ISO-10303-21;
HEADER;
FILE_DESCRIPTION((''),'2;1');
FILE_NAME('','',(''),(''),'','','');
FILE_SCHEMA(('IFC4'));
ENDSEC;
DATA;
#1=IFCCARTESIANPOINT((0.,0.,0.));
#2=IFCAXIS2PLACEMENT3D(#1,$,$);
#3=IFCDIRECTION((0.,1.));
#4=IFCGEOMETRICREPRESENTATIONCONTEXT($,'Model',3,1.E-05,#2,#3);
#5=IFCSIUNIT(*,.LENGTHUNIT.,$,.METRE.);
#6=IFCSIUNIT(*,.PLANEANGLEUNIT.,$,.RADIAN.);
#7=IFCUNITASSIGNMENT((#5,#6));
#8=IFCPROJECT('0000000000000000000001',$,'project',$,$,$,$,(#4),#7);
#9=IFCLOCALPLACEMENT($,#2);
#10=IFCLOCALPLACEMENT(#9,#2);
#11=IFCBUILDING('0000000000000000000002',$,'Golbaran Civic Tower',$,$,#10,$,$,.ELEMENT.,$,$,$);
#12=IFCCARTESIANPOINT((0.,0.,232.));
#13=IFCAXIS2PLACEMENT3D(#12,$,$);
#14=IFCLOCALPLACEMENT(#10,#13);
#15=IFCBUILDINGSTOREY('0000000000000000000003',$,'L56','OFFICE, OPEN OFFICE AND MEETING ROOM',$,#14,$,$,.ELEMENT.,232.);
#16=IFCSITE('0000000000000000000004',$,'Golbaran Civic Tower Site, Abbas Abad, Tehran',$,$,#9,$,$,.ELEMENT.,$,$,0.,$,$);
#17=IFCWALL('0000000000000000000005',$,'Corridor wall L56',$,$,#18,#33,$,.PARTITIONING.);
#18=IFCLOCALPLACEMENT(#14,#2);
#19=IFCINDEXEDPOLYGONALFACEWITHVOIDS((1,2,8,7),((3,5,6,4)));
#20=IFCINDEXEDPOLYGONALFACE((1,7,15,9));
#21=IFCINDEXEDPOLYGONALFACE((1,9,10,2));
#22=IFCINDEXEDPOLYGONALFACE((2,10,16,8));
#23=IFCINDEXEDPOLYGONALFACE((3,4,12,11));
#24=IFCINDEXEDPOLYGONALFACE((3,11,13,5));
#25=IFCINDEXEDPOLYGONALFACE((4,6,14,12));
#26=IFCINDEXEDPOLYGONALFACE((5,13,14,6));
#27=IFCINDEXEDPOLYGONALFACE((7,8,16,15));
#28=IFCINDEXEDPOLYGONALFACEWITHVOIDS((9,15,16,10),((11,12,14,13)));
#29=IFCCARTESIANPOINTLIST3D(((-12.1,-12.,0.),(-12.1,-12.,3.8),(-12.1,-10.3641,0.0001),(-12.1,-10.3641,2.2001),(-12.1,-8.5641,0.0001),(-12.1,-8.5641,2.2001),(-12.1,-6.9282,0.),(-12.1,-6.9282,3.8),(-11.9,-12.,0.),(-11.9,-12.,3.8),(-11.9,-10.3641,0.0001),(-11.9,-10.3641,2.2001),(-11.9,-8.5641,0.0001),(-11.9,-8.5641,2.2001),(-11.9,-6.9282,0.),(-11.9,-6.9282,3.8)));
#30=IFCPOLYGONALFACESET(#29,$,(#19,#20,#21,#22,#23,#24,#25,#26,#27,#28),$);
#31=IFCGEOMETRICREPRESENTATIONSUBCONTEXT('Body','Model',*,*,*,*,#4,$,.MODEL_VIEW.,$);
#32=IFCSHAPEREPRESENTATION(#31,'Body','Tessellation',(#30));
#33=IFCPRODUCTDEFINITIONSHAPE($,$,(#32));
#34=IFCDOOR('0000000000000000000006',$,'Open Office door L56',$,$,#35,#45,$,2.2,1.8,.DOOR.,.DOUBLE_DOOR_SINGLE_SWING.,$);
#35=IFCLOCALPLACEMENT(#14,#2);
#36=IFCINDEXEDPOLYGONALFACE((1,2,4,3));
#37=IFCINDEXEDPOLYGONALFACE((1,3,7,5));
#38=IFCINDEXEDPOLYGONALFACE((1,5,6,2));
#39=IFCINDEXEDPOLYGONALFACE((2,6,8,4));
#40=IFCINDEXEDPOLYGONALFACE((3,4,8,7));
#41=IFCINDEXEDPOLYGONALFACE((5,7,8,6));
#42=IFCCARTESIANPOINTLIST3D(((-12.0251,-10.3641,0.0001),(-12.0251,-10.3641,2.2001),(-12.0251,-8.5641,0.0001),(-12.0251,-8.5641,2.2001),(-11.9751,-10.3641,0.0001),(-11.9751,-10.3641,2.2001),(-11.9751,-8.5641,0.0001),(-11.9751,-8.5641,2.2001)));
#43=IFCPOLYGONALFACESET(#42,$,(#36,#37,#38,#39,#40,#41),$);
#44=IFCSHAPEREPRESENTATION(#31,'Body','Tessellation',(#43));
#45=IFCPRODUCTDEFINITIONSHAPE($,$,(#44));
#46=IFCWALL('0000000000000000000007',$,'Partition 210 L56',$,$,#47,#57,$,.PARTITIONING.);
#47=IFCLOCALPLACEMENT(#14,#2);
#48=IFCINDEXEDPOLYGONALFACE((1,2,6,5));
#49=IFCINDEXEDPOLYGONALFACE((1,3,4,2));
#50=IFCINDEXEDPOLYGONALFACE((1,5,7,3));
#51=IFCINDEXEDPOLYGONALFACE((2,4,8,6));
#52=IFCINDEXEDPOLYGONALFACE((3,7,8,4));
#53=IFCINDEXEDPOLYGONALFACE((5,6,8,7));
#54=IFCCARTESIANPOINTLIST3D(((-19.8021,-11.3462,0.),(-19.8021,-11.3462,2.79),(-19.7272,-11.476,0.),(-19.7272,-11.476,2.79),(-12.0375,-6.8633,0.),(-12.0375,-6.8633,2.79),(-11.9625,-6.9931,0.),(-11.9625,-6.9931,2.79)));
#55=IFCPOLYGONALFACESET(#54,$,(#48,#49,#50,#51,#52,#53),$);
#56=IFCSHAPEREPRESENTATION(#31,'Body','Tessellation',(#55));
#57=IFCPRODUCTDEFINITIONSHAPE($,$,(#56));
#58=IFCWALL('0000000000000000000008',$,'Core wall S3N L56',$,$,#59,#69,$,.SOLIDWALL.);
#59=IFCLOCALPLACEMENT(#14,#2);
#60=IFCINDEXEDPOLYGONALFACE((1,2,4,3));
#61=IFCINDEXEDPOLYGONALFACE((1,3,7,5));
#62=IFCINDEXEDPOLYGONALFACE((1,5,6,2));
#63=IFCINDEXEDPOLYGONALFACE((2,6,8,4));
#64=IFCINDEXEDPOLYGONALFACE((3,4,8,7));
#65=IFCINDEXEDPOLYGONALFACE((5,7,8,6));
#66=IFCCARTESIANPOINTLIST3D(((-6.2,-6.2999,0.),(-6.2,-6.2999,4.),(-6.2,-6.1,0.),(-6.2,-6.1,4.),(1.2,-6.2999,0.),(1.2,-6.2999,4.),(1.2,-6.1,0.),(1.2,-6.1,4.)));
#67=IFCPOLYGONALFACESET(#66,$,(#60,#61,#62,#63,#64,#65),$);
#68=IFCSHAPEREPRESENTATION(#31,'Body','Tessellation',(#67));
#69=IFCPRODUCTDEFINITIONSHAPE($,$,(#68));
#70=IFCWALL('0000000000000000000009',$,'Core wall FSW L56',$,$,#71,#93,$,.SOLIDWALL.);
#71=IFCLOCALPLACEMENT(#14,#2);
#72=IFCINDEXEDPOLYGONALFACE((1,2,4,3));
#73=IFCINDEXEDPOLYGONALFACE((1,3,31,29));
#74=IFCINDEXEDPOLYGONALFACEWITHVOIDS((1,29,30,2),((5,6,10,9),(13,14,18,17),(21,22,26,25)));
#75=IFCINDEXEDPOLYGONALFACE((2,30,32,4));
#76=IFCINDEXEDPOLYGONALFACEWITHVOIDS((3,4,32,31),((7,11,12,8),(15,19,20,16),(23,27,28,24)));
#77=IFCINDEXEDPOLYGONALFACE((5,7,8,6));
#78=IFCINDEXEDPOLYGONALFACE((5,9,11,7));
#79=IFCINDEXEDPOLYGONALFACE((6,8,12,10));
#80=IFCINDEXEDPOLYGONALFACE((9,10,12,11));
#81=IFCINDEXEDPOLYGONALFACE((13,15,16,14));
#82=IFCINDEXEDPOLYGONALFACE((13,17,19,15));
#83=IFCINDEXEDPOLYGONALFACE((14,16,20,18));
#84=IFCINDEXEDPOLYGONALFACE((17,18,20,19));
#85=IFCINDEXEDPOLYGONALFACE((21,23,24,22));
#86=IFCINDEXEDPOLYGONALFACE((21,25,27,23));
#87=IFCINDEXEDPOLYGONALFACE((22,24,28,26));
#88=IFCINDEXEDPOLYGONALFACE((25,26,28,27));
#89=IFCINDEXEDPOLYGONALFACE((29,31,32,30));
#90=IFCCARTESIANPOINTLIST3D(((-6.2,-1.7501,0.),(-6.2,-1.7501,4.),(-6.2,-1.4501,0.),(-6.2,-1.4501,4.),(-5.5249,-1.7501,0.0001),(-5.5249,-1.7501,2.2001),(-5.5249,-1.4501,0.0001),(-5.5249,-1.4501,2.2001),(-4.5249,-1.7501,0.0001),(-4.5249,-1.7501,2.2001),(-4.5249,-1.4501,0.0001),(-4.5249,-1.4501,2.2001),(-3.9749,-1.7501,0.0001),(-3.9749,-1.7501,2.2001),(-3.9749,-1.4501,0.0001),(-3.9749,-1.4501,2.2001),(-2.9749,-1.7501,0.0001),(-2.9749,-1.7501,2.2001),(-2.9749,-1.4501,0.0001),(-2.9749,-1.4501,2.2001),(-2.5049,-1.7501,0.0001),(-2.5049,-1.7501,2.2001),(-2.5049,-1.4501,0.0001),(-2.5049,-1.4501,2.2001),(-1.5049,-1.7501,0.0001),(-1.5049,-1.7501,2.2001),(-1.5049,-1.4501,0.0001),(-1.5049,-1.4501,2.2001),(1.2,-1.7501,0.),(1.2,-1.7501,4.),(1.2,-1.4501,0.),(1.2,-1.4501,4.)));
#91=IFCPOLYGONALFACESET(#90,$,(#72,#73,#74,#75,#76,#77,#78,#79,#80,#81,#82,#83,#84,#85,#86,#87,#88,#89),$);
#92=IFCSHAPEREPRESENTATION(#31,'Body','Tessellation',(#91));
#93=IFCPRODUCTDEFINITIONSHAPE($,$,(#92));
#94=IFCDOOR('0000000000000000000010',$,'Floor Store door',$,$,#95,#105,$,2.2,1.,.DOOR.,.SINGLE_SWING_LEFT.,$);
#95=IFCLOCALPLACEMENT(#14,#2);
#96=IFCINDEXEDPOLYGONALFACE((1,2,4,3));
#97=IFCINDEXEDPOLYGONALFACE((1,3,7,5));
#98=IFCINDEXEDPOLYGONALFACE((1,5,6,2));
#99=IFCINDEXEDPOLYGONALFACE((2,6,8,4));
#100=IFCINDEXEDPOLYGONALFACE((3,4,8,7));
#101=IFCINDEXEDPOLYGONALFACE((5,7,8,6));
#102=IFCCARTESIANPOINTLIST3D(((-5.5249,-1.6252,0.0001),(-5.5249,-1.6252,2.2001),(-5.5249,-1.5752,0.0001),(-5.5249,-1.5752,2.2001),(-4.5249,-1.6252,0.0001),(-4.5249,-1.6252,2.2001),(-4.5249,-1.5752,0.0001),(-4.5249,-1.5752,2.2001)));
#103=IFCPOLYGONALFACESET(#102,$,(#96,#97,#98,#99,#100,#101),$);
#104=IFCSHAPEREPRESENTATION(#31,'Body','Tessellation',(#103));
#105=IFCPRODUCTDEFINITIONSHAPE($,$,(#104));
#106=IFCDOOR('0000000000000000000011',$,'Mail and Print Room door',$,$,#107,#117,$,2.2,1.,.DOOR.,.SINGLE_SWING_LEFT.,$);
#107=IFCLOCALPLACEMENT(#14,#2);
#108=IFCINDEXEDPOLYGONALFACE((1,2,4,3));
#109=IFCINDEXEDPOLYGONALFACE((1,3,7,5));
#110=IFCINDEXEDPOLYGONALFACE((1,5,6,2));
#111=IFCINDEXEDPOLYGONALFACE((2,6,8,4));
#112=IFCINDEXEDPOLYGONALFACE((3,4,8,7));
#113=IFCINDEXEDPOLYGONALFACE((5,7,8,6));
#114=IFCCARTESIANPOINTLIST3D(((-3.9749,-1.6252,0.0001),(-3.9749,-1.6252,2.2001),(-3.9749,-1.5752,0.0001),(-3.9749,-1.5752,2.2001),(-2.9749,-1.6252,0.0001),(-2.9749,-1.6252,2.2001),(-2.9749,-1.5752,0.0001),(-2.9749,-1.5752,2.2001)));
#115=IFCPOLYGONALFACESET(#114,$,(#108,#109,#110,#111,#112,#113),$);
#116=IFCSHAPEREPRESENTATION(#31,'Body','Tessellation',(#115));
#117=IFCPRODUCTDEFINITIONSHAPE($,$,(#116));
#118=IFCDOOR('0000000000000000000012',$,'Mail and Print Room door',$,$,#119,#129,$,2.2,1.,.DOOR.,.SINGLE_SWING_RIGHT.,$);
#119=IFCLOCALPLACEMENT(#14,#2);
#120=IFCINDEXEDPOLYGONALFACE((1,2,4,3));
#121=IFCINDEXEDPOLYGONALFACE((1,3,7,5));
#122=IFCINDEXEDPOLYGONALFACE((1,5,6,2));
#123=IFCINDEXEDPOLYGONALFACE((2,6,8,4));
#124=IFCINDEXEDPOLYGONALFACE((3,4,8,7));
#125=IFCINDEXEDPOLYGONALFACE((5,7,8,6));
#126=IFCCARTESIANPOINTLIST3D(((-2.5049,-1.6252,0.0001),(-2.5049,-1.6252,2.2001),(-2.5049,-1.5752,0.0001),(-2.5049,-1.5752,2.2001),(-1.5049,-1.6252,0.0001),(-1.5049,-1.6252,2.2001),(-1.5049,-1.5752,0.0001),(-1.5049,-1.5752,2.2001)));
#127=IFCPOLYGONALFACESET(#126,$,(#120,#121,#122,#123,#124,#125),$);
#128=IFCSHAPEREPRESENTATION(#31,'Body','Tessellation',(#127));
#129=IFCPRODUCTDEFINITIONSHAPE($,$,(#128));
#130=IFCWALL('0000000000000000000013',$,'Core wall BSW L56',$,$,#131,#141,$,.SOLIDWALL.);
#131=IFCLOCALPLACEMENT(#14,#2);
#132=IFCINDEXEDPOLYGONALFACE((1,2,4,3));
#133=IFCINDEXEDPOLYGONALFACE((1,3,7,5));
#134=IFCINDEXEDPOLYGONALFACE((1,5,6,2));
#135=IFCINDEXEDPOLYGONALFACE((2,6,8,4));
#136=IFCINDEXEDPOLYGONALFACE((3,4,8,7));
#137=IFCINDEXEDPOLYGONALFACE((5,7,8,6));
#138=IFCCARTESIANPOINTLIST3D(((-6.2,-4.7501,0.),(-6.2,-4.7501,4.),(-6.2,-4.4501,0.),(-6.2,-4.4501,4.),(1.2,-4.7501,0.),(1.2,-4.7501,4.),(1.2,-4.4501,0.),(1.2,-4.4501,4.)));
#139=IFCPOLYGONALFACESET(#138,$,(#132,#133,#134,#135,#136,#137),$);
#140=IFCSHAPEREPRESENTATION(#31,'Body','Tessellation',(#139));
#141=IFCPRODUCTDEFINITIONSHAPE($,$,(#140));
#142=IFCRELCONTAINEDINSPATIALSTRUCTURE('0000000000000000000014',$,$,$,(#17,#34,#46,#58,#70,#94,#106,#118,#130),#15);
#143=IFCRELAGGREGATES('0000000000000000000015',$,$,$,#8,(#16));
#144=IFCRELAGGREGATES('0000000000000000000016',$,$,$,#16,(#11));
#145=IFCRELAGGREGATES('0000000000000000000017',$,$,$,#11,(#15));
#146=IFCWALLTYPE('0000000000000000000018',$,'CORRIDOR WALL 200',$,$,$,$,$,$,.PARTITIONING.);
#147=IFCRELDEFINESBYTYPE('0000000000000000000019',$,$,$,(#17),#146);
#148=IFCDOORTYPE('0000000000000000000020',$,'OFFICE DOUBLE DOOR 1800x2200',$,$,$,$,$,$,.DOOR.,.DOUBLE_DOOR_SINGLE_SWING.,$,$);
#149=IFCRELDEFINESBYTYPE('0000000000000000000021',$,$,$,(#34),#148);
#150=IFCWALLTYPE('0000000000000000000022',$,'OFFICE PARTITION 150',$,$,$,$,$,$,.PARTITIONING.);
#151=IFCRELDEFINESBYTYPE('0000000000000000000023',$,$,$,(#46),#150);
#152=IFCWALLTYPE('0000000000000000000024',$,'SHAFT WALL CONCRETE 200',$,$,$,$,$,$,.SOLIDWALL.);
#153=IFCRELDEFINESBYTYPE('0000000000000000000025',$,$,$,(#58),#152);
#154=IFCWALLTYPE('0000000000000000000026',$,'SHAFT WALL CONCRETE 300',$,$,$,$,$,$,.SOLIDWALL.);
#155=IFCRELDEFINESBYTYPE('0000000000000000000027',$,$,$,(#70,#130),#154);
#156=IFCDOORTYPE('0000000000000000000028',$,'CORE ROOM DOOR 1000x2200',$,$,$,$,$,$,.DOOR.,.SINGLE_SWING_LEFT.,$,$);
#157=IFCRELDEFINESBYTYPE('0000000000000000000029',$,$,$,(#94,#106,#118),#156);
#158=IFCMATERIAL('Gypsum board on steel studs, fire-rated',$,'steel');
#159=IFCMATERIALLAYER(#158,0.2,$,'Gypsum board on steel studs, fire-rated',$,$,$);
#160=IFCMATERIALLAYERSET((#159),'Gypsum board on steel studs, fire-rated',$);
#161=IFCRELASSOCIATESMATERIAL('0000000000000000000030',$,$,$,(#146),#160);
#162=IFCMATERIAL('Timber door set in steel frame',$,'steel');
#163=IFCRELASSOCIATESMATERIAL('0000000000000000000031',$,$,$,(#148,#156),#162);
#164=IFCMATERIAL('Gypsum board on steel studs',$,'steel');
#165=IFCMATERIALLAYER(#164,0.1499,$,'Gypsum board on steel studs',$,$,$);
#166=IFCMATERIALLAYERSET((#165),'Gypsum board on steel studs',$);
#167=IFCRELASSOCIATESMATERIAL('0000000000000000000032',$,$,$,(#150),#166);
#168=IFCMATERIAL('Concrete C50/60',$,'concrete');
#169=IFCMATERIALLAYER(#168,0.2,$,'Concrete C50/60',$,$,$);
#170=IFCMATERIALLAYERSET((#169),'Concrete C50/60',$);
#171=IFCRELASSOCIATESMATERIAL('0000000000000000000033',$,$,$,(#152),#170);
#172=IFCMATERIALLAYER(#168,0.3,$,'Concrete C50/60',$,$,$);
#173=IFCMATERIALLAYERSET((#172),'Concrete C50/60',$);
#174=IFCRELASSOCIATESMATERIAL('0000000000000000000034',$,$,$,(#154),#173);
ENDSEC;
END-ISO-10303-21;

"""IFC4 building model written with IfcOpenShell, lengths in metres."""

from ifc_helpers import new_model, si_unit, direction, frame, frame_2d, origin, place, context, subcontext, project, spatial, rectangle, extrude, material, layer, layer_set, type_object, element, fill, save


model = new_model("IFC4")

# Units and contexts
model_context = context("Model", 3, precision=1e-05, world=origin(), true_north=direction((0.0, 1.0)))
body_context = subcontext(model_context, "Body", "Model", "MODEL_VIEW")
ifc_project = project(units=[si_unit("LENGTHUNIT", "METRE"), si_unit("PLANEANGLEUNIT", "RADIAN")], contexts=[model_context])

# Site, building, storey
site_placement = place(None, origin())
site = spatial("IfcSite", under=ifc_project, at=site_placement, Name="Golbaran Civic Tower Site, Abbas Abad, Tehran", CompositionType="ELEMENT", RefElevation=0.0)
building_placement = place(site_placement, origin())
building = spatial("IfcBuilding", under=site, at=building_placement, Name="Golbaran Civic Tower", CompositionType="ELEMENT")
storey_placement = place(building_placement, frame((0.0, 0.0, 232.0)))
storey = spatial("IfcBuildingStorey", under=building, at=storey_placement, Name="L56", Description="OFFICE, OPEN OFFICE AND MEETING ROOM", CompositionType="ELEMENT", Elevation=232.0)

# Wall, opening, door
ifc_material_1 = material(Name="Gypsum board on steel studs, fire-rated", Category="steel")
ifc_layer_1 = layer(ifc_material_1, 0.2, Name="Gypsum board on steel studs, fire-rated")
ifc_layer_set_1 = layer_set([ifc_layer_1], Name="Gypsum board on steel studs, fire-rated")
wall_type_1 = type_object("IfcWallType", Name="CORRIDOR WALL 200", PredefinedType="PARTITIONING", material=ifc_layer_set_1)
wall_1_placement = place(storey_placement, frame((-12.0, -6.9282, 0.0), z_axis=(0.0, 0.0, 1.0), x_axis=(0.0, -1.0, 0.0)))
wall_1 = element("IfcWall", 1, at=wall_1_placement, inside=storey, type_object=wall_type_1, Name="Corridor wall L56", PredefinedType="PARTITIONING", context=body_context, shape_type="SweptSolid", body=[
    extrude(rectangle(XDim=5.0718, YDim=0.2, at=frame_2d((2.5359, 0.0))), origin(), (0.0, 0.0, 1.0), 3.8),
])
opening_1_placement = place(wall_1_placement, frame((1.636, 0.0, 0.0)))
opening_1 = element("IfcOpeningElement", 2, at=opening_1_placement, cuts=wall_1, PredefinedType="OPENING", context=body_context, shape_type="SweptSolid", body=[
    extrude(rectangle(XDim=1.8, YDim=2.2, at=frame_2d((0.8999, 1.1001))), frame((0.0, 0.1099, 0.0), z_axis=(0.0, -1.0, 0.0), x_axis=(1.0, 0.0, 0.0)), (0.0, 0.0, 1.0), 0.22),
])
ifc_material_2 = material(Name="Timber door set in steel frame", Category="steel")
door_type_1 = type_object("IfcDoorType", Name="OFFICE DOUBLE DOOR 1800x2200", OperationType="DOUBLE_DOOR_SINGLE_SWING", PredefinedType="DOOR", material=ifc_material_2)
door_1_placement = place(opening_1_placement, origin())
door_1 = element("IfcDoor", 3, at=door_1_placement, inside=storey, type_object=door_type_1, Name="Open Office door L56", OperationType="DOUBLE_DOOR_SINGLE_SWING", OverallHeight=2.2, OverallWidth=1.8, PredefinedType="DOOR", context=body_context, shape_type="SweptSolid", body=[
    extrude(rectangle(XDim=1.8, YDim=2.2, at=frame_2d((0.8999, 1.1001))), frame((0.0, 0.0249, 0.0), z_axis=(0.0, -1.0, 0.0), x_axis=(1.0, 0.0, 0.0)), (0.0, 0.0, 1.0), 0.05),
])
fill(opening_1, door_1)

# Walls
ifc_material_3 = material(Name="Gypsum board on steel studs", Category="steel")
ifc_layer_2 = layer(ifc_material_3, 0.1499, Name="Gypsum board on steel studs")
ifc_layer_set_2 = layer_set([ifc_layer_2], Name="Gypsum board on steel studs")
wall_type_2 = type_object("IfcWallType", Name="OFFICE PARTITION 150", PredefinedType="PARTITIONING", material=ifc_layer_set_2)
wall_2_placement = place(storey_placement, frame((-12.0, -6.9282, 0.0), z_axis=(0.0, 0.0, 1.0), x_axis=(-0.866026, -0.499999, 0.0)))
element("IfcWall", 4, at=wall_2_placement, inside=storey, type_object=wall_type_2, Name="Partition 210 L56", PredefinedType="PARTITIONING", context=body_context, shape_type="SweptSolid", body=[
    extrude(rectangle(XDim=8.9658, YDim=0.1499, at=frame_2d((4.4829, 0.0))), origin(), (0.0, 0.0, 1.0), 2.79),
])
ifc_material_4 = material(Name="Concrete C50/60", Category="concrete")
ifc_layer_3 = layer(ifc_material_4, 0.2, Name="Concrete C50/60")
ifc_layer_set_3 = layer_set([ifc_layer_3], Name="Concrete C50/60")
wall_type_3 = type_object("IfcWallType", Name="SHAFT WALL CONCRETE 200", PredefinedType="SOLIDWALL", material=ifc_layer_set_3)
wall_3_placement = place(storey_placement, frame((-6.2, -6.2, 0.0), z_axis=(0.0, 0.0, 1.0), x_axis=(1.0, 0.0, 0.0)))
element("IfcWall", 5, at=wall_3_placement, inside=storey, type_object=wall_type_3, Name="Core wall S3N L56", PredefinedType="SOLIDWALL", context=body_context, shape_type="SweptSolid", body=[
    extrude(rectangle(XDim=7.3999, YDim=0.2, at=frame_2d((3.7, 0.0))), origin(), (0.0, 0.0, 1.0), 4.0),
])

# Wall, openings, doors
ifc_layer_4 = layer(ifc_material_4, 0.3, Name="Concrete C50/60")
ifc_layer_set_4 = layer_set([ifc_layer_4], Name="Concrete C50/60")
wall_type_4 = type_object("IfcWallType", Name="SHAFT WALL CONCRETE 300", PredefinedType="SOLIDWALL", material=ifc_layer_set_4)
wall_4_placement = place(storey_placement, frame((-6.2, -1.6001, 0.0), z_axis=(0.0, 0.0, 1.0), x_axis=(1.0, 0.0, 0.0)))
wall_4 = element("IfcWall", 6, at=wall_4_placement, inside=storey, type_object=wall_type_4, Name="Core wall FSW L56", PredefinedType="SOLIDWALL", context=body_context, shape_type="SweptSolid", body=[
    extrude(rectangle(XDim=7.3999, YDim=0.3, at=frame_2d((3.7, 0.0))), origin(), (0.0, 0.0, 1.0), 4.0),
])
opening_2_placement = place(wall_4_placement, frame((0.675, 0.0, 0.0)))
opening_2 = element("IfcOpeningElement", 7, at=opening_2_placement, cuts=wall_4, PredefinedType="OPENING", context=body_context, shape_type="SweptSolid", body=[
    extrude(rectangle(XDim=1.0, YDim=2.2, at=frame_2d((0.5, 1.1001))), frame((0.0, 0.1599, 0.0), z_axis=(0.0, -1.0, 0.0), x_axis=(1.0, 0.0, 0.0)), (0.0, 0.0, 1.0), 0.3201),
])
opening_3_placement = place(wall_4_placement, frame((2.2251, 0.0, 0.0)))
opening_3 = element("IfcOpeningElement", 8, at=opening_3_placement, cuts=wall_4, PredefinedType="OPENING", context=body_context, shape_type="SweptSolid", body=[
    extrude(rectangle(XDim=1.0, YDim=2.2, at=frame_2d((0.5, 1.1001))), frame((0.0, 0.1599, 0.0), z_axis=(0.0, -1.0, 0.0), x_axis=(1.0, 0.0, 0.0)), (0.0, 0.0, 1.0), 0.3201),
])
opening_4_placement = place(wall_4_placement, frame((3.6951, 0.0, 0.0)))
opening_4 = element("IfcOpeningElement", 9, at=opening_4_placement, cuts=wall_4, PredefinedType="OPENING", context=body_context, shape_type="SweptSolid", body=[
    extrude(rectangle(XDim=1.0, YDim=2.2, at=frame_2d((0.5, 1.1001))), frame((0.0, 0.1599, 0.0), z_axis=(0.0, -1.0, 0.0), x_axis=(1.0, 0.0, 0.0)), (0.0, 0.0, 1.0), 0.3201),
])
door_type_2 = type_object("IfcDoorType", Name="CORE ROOM DOOR 1000x2200", OperationType="SINGLE_SWING_LEFT", PredefinedType="DOOR", material=ifc_material_2)
door_2_placement = place(opening_2_placement, origin())
door_2 = element("IfcDoor", 10, at=door_2_placement, inside=storey, type_object=door_type_2, Name="Floor Store door", OperationType="SINGLE_SWING_LEFT", OverallHeight=2.2, OverallWidth=1.0, PredefinedType="DOOR", context=body_context, shape_type="SweptSolid", body=[
    extrude(rectangle(XDim=1.0, YDim=2.2, at=frame_2d((0.5, 1.1001))), frame((0.0, 0.0249, 0.0), z_axis=(0.0, -1.0, 0.0), x_axis=(1.0, 0.0, 0.0)), (0.0, 0.0, 1.0), 0.05),
])
fill(opening_2, door_2)
door_3_placement = place(opening_3_placement, origin())
door_3 = element("IfcDoor", 11, at=door_3_placement, inside=storey, type_object=door_type_2, Name="Mail and Print Room door", OperationType="SINGLE_SWING_LEFT", OverallHeight=2.2, OverallWidth=1.0, PredefinedType="DOOR", context=body_context, shape_type="SweptSolid", body=[
    extrude(rectangle(XDim=1.0, YDim=2.2, at=frame_2d((0.5, 1.1001))), frame((0.0, 0.0249, 0.0), z_axis=(0.0, -1.0, 0.0), x_axis=(1.0, 0.0, 0.0)), (0.0, 0.0, 1.0), 0.05),
])
fill(opening_3, door_3)
door_4_placement = place(opening_4_placement, origin())
door_4 = element("IfcDoor", 12, at=door_4_placement, inside=storey, type_object=door_type_2, Name="Mail and Print Room door", OperationType="SINGLE_SWING_RIGHT", OverallHeight=2.2, OverallWidth=1.0, PredefinedType="DOOR", context=body_context, shape_type="SweptSolid", body=[
    extrude(rectangle(XDim=1.0, YDim=2.2, at=frame_2d((0.5, 1.1001))), frame((0.0, 0.0249, 0.0), z_axis=(0.0, -1.0, 0.0), x_axis=(1.0, 0.0, 0.0)), (0.0, 0.0, 1.0), 0.05),
])
fill(opening_4, door_4)

# Wall
wall_5_placement = place(storey_placement, frame((-6.2, -4.6001, 0.0), z_axis=(0.0, 0.0, 1.0), x_axis=(1.0, 0.0, 0.0)))
element("IfcWall", 13, at=wall_5_placement, inside=storey, type_object=wall_type_4, Name="Core wall BSW L56", PredefinedType="SOLIDWALL", context=body_context, shape_type="SweptSolid", body=[
    extrude(rectangle(XDim=7.3999, YDim=0.3, at=frame_2d((3.7, 0.0))), origin(), (0.0, 0.0, 1.0), 4.0),
])

save(model, "model.ifc")
